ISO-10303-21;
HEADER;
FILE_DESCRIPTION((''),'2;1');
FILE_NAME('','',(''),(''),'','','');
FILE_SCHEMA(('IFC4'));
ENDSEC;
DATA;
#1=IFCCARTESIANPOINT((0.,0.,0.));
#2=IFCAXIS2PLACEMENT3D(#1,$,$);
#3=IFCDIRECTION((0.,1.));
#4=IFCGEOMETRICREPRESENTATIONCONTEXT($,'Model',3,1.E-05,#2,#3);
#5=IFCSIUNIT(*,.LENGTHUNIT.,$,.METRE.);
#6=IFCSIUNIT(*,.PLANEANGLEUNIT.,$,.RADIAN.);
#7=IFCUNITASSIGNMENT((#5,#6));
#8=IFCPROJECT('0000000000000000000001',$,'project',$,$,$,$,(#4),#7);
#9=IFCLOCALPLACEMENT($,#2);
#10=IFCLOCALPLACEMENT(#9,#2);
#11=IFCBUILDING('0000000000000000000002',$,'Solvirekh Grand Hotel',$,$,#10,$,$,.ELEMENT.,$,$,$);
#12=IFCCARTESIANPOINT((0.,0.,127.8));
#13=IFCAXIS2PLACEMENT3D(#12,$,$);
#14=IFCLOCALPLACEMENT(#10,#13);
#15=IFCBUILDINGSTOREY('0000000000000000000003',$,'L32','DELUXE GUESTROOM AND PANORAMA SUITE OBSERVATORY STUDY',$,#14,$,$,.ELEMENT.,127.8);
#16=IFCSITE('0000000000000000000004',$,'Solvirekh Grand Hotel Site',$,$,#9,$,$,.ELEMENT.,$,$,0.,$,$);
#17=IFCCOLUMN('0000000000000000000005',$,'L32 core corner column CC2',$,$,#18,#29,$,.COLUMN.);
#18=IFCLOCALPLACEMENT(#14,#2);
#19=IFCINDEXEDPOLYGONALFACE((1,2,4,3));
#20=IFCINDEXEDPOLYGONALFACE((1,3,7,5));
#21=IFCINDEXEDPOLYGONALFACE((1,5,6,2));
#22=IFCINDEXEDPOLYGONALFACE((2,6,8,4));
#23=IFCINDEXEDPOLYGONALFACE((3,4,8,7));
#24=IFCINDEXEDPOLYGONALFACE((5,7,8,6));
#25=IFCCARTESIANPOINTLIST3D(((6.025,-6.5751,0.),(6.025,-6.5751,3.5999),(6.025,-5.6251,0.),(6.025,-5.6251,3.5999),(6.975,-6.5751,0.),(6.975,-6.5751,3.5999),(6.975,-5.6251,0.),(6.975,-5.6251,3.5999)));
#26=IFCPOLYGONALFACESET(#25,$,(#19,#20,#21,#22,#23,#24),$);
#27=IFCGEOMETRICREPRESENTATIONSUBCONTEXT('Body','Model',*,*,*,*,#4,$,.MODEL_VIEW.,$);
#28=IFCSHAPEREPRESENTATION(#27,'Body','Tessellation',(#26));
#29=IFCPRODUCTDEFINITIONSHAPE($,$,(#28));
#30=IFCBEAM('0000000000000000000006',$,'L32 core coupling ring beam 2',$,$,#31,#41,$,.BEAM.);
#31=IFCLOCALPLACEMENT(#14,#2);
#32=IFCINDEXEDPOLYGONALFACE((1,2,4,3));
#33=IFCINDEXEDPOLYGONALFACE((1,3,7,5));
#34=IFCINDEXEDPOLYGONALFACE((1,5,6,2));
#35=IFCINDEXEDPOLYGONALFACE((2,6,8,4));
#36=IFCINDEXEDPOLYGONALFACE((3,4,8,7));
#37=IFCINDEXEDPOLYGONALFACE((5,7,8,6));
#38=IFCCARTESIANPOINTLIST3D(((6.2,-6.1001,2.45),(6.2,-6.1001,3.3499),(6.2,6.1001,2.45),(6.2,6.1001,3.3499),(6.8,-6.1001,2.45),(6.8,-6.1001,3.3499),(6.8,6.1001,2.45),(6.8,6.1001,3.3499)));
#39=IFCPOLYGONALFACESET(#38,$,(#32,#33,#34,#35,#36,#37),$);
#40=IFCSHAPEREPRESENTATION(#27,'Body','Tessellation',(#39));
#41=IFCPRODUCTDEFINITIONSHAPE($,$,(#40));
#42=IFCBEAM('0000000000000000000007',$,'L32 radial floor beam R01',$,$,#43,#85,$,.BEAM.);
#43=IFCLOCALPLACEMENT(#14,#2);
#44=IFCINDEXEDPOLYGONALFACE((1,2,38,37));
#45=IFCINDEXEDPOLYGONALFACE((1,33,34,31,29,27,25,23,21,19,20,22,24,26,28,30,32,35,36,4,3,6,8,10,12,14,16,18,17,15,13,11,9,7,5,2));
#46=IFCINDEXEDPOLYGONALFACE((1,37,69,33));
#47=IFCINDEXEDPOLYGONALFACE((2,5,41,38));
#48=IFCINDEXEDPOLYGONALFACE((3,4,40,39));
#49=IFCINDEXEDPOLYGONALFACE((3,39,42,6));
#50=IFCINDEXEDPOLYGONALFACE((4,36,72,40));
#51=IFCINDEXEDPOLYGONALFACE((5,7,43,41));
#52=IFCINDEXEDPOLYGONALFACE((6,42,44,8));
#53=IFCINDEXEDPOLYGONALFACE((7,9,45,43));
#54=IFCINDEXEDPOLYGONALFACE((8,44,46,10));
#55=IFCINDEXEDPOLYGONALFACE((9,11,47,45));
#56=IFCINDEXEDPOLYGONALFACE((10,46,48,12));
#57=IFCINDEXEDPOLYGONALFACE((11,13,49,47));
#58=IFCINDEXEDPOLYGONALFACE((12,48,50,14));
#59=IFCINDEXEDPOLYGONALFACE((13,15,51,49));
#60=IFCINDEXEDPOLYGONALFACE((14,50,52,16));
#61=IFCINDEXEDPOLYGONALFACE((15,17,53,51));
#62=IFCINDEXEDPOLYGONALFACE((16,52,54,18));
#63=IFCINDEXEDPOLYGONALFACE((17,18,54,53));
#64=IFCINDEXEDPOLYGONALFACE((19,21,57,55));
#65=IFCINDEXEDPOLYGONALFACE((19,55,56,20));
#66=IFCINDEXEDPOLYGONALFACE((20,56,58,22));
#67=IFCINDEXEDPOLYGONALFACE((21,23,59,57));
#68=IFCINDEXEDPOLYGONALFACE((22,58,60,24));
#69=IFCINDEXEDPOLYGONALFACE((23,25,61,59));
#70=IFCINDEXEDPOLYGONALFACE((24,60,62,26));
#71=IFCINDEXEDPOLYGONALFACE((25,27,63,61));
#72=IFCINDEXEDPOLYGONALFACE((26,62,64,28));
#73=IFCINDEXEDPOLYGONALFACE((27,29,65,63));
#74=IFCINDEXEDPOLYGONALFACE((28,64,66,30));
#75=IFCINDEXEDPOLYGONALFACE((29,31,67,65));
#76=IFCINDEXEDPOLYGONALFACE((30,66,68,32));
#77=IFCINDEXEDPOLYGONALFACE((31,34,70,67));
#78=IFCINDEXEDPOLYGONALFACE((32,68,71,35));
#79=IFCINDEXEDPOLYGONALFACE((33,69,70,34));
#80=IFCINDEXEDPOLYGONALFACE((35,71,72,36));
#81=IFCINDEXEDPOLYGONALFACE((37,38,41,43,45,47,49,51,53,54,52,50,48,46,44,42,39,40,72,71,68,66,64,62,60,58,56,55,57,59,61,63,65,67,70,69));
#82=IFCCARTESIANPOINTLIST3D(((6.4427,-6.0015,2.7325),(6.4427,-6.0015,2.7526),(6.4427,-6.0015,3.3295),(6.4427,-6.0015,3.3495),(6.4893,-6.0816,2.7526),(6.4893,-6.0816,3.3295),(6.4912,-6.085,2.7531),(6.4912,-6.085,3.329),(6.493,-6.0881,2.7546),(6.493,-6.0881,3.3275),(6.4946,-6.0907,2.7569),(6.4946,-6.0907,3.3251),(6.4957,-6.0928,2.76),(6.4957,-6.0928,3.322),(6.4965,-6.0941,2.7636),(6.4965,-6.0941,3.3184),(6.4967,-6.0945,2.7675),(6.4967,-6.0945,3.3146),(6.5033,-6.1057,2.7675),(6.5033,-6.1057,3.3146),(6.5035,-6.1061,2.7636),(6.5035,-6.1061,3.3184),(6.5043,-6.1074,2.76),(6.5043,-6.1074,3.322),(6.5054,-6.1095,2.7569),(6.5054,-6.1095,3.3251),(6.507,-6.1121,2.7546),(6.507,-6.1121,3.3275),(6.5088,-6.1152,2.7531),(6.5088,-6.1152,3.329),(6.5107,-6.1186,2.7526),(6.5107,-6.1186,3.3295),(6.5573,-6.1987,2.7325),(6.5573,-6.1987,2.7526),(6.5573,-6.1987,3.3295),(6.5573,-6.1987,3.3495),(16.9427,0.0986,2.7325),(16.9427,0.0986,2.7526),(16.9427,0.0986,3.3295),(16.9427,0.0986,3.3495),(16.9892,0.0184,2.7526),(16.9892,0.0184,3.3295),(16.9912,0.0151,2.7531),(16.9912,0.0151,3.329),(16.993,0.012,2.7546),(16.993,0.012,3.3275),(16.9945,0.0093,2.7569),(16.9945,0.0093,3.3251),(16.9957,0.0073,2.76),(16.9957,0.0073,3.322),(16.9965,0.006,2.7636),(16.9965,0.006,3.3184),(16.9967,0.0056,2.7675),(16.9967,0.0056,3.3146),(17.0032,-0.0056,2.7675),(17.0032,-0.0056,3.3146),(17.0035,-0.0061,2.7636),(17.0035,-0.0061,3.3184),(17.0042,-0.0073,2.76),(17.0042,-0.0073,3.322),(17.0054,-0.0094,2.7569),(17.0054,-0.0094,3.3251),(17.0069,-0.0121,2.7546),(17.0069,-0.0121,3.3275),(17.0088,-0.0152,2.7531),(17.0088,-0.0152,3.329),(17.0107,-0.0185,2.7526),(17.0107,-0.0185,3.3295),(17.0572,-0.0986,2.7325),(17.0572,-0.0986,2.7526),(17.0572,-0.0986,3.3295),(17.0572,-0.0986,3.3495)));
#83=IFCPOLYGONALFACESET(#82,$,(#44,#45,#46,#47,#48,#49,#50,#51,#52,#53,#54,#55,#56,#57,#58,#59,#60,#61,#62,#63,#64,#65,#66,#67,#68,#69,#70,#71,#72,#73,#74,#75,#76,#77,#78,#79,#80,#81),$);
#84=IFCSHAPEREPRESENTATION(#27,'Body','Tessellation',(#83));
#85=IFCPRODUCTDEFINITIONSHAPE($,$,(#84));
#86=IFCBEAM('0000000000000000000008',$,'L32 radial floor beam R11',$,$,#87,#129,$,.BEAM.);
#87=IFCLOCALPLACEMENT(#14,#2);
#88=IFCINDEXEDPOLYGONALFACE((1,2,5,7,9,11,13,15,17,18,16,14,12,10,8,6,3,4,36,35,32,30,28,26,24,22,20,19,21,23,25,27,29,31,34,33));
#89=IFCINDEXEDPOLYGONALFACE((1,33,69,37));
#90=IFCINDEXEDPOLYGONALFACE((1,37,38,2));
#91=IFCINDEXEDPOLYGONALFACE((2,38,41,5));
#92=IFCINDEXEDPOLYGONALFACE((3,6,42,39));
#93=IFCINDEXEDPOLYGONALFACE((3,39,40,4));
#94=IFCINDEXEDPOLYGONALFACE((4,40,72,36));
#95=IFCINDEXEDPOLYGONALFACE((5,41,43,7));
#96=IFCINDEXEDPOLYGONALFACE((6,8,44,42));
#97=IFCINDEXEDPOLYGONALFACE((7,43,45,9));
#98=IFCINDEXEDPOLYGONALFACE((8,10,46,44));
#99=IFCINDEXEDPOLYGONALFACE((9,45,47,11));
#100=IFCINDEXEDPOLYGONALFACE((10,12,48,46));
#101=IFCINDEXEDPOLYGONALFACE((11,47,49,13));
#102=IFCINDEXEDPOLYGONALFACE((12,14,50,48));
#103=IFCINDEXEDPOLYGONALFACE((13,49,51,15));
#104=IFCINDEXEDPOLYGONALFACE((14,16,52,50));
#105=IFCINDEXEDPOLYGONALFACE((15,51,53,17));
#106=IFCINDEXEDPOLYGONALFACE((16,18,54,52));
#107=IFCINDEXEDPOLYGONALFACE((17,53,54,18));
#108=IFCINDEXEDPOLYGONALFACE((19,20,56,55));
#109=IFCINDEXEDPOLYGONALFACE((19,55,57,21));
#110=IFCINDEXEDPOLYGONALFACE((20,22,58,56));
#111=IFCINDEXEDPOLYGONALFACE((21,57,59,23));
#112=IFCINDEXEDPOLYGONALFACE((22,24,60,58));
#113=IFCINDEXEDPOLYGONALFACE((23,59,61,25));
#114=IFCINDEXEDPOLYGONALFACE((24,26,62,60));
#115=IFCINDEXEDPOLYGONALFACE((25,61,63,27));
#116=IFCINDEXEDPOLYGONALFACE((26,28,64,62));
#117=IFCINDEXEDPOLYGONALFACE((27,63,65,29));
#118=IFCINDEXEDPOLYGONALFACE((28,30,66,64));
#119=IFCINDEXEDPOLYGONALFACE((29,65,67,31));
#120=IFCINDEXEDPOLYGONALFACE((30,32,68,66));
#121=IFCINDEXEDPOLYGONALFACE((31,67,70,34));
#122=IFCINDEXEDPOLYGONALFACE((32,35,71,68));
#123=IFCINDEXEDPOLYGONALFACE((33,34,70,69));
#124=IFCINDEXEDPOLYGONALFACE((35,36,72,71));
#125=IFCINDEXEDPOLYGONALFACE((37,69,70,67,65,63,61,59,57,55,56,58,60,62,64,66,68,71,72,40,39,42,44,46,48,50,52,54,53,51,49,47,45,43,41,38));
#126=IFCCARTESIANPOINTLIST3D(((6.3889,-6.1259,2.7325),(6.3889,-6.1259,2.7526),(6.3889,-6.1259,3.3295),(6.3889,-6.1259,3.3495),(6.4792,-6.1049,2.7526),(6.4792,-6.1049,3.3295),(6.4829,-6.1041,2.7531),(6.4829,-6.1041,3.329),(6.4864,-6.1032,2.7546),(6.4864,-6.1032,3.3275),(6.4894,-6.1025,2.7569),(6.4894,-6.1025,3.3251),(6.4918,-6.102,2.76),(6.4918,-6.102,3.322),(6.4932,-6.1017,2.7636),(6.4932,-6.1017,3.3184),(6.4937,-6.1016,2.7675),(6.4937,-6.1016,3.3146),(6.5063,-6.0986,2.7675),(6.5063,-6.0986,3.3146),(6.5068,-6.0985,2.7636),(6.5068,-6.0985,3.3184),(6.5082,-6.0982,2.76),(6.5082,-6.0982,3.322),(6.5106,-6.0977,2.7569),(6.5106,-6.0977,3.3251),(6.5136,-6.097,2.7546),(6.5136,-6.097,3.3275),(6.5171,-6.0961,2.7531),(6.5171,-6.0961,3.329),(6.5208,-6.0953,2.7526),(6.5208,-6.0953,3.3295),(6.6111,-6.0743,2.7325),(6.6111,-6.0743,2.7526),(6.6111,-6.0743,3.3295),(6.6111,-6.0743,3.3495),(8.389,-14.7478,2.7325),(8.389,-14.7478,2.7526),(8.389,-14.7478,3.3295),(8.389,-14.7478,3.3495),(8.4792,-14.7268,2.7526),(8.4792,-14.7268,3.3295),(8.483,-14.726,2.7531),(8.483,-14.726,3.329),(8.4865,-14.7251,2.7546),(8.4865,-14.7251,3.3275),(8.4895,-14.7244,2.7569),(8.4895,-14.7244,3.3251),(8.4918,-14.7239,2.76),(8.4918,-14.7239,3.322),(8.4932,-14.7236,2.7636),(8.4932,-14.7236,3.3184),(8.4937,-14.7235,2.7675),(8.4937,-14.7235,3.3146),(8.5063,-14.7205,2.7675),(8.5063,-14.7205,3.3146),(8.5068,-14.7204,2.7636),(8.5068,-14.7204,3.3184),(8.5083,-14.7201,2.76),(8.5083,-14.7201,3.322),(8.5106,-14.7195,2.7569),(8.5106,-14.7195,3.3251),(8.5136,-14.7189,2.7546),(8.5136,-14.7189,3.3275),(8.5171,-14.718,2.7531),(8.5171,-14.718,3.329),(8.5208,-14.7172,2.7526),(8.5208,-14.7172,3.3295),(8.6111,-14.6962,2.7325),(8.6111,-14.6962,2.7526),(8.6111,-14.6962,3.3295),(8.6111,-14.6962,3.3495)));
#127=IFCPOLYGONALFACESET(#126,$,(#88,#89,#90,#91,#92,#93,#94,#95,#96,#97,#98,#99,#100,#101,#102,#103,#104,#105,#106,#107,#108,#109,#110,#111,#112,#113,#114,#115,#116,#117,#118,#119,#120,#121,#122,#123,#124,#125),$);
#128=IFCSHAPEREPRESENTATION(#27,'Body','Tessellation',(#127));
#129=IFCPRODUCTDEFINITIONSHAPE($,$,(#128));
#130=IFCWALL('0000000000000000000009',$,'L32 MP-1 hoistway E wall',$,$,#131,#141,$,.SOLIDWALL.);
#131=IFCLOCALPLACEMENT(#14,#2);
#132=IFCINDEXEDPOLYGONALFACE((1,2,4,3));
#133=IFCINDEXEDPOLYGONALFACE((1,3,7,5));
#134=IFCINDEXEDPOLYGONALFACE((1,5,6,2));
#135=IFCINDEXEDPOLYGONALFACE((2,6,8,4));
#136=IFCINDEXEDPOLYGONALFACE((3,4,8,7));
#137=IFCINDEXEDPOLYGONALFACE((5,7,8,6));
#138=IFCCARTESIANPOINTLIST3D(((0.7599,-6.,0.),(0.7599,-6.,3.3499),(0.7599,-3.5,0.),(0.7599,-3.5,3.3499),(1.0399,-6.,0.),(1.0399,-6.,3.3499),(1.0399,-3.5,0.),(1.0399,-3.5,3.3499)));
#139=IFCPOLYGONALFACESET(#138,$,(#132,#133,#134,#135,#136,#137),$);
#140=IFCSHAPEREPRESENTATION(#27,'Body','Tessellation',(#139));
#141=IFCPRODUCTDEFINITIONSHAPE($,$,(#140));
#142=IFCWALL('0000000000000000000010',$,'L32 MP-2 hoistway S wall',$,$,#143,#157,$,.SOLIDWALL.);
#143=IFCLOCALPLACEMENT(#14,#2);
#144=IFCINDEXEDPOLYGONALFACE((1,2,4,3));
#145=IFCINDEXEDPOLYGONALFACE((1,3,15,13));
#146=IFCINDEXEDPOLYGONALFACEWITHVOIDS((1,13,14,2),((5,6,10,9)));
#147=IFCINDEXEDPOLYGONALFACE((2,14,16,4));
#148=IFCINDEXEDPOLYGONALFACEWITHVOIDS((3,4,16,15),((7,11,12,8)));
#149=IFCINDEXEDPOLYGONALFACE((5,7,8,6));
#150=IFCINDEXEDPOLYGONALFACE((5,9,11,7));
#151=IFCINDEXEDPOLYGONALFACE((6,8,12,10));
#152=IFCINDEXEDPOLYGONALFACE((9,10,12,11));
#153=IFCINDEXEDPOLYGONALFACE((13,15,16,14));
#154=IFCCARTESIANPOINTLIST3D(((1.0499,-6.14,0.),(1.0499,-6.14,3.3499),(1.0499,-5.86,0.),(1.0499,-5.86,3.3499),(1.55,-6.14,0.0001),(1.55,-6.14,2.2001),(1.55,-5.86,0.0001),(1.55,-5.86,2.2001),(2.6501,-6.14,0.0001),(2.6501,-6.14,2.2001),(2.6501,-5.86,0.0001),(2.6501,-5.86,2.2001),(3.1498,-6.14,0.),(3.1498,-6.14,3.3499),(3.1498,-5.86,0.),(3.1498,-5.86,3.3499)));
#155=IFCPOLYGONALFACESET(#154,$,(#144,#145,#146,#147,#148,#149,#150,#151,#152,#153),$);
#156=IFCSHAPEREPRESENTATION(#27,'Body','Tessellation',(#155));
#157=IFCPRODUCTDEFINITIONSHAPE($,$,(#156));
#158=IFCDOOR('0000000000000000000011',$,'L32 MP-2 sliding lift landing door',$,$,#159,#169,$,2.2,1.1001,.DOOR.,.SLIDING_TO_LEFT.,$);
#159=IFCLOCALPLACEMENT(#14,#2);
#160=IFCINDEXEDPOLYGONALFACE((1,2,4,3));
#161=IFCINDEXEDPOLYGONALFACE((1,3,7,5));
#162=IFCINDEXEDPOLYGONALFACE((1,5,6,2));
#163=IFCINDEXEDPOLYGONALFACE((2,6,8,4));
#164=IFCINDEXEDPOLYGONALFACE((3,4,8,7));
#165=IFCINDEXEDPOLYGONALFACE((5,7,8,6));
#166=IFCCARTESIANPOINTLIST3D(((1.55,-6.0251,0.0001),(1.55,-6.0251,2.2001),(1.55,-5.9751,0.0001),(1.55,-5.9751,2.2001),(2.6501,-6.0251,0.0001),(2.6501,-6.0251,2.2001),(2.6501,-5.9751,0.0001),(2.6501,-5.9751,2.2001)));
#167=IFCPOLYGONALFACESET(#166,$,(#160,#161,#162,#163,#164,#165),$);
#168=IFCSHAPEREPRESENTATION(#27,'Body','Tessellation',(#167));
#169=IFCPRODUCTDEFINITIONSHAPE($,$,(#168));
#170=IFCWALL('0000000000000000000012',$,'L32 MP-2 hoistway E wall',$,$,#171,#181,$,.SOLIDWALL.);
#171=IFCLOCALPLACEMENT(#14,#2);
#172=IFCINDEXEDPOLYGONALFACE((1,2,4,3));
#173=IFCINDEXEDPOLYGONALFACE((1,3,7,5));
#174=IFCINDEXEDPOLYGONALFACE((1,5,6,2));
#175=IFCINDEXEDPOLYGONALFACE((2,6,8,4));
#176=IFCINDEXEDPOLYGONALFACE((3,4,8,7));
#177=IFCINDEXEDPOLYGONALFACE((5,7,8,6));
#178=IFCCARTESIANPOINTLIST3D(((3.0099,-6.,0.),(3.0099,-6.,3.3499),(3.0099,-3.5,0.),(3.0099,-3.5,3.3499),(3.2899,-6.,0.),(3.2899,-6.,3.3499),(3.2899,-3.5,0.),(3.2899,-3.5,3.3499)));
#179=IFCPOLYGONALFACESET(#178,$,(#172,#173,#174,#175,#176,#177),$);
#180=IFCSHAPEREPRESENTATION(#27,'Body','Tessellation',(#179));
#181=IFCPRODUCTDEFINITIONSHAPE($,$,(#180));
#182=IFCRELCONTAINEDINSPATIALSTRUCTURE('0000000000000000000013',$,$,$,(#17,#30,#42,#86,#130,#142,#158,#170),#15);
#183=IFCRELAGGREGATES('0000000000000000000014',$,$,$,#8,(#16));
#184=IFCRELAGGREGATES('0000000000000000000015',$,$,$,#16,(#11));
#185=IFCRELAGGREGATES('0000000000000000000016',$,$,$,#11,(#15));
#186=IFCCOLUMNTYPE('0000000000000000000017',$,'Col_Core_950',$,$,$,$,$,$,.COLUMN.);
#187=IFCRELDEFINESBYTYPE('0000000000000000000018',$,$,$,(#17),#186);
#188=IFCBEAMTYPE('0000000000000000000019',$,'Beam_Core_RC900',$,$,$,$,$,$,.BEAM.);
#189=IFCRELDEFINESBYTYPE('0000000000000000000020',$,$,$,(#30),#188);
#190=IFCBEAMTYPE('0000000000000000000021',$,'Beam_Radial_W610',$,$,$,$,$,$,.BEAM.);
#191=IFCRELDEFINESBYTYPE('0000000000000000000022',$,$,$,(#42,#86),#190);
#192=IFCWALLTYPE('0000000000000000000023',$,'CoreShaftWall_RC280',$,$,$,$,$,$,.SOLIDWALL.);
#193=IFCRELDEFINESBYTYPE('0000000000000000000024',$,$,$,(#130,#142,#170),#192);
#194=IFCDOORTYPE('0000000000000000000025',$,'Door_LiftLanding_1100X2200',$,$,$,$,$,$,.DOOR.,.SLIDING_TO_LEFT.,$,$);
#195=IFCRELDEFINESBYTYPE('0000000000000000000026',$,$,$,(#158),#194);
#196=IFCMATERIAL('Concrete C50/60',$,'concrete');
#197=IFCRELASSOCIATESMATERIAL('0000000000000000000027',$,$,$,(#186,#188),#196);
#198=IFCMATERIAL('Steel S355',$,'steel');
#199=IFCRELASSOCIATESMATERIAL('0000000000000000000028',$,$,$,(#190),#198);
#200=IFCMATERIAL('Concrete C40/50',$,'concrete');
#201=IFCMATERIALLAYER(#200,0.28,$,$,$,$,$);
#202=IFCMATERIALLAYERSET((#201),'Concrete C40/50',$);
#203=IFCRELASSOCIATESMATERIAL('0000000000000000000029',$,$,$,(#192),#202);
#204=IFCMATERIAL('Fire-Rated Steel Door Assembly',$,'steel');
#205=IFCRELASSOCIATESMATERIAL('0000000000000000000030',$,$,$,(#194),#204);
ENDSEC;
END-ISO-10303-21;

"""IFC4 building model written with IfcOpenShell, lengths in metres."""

from ifc_helpers import new_model, si_unit, direction, frame, frame_2d, origin, origin_2d, place, context, subcontext, project, spatial, rectangle, i_section, extrude, material, layer, layer_set, material_profile, profile_set, type_object, element, fill, save


model = new_model("IFC4")

# Units and contexts
model_context = context("Model", 3, precision=1e-05, world=origin(), true_north=direction((0.0, 1.0)))
body_context = subcontext(model_context, "Body", "Model", "MODEL_VIEW")
ifc_project = project(units=[si_unit("LENGTHUNIT", "METRE"), si_unit("PLANEANGLEUNIT", "RADIAN")], contexts=[model_context])

# Site, building, storey
site_placement = place(None, origin())
site = spatial("IfcSite", under=ifc_project, at=site_placement, Name="Solvirekh Grand Hotel Site", CompositionType="ELEMENT", RefElevation=0.0)
building_placement = place(site_placement, origin())
building = spatial("IfcBuilding", under=site, at=building_placement, Name="Solvirekh Grand Hotel", CompositionType="ELEMENT")
storey_placement = place(building_placement, frame((0.0, 0.0, 127.8)))
storey = spatial("IfcBuildingStorey", under=building, at=storey_placement, Name="L32", Description="DELUXE GUESTROOM AND PANORAMA SUITE OBSERVATORY STUDY", CompositionType="ELEMENT", Elevation=127.8)

# Column
ifc_material_1 = material(Name="Concrete C50/60", Category="concrete")
ifc_material_profile_1 = material_profile(ifc_material_1, rectangle(XDim=0.95, YDim=0.95, at=origin_2d()), Name="RC 950X950")
ifc_profile_set_1 = profile_set([ifc_material_profile_1], Name="Concrete C50/60")
column_type = type_object("IfcColumnType", Name="Col_Core_950", PredefinedType="COLUMN", material=ifc_profile_set_1)
column_placement = place(storey_placement, frame((6.5, -6.1001, 0.0), z_axis=(0.0, 0.0, 1.0), x_axis=(1.0, 0.0, 0.0)))
element("IfcColumn", 1, at=column_placement, inside=storey, type_object=column_type, Name="L32 core corner column CC2", PredefinedType="COLUMN", context=body_context, shape_type="SweptSolid", body=[
    extrude(rectangle(XDim=0.95, YDim=0.95, at=origin_2d()), origin(), (0.0, 0.0, 1.0), 3.5999),
])

# Beams
ifc_material_profile_2 = material_profile(ifc_material_1, rectangle(XDim=0.6001, YDim=0.8999, at=origin_2d()), Name="RC BEAM 600X900")
ifc_profile_set_2 = profile_set([ifc_material_profile_2], Name="Concrete C50/60")
beam_type_1 = type_object("IfcBeamType", Name="Beam_Core_RC900", PredefinedType="BEAM", material=ifc_profile_set_2)
beam_1_placement = place(storey_placement, frame((6.5, -6.1001, 2.8999), z_axis=(0.0, 1.0, 0.0), x_axis=(-1.0, 0.0, 0.0)))
element("IfcBeam", 2, at=beam_1_placement, inside=storey, type_object=beam_type_1, Name="L32 core coupling ring beam 2", PredefinedType="BEAM", context=body_context, shape_type="SweptSolid", body=[
    extrude(rectangle(XDim=0.6001, YDim=0.8999, at=origin_2d()), origin(), (0.0, 0.0, 1.0), 12.2002),
])
ifc_material_2 = material(Name="Steel S355", Category="steel")
ifc_material_profile_3 = material_profile(ifc_material_2, i_section(OverallWidth=0.228, OverallDepth=0.6169, WebThickness=0.0129, FlangeThickness=0.02, FilletRadius=0.0149, at=origin_2d()), Name="W610X140")
ifc_profile_set_3 = profile_set([ifc_material_profile_3], Name="Steel S355")
beam_type_2 = type_object("IfcBeamType", Name="Beam_Radial_W610", PredefinedType="BEAM", material=ifc_profile_set_3)
beam_2_placement = place(storey_placement, frame((6.5, -6.1001, 3.041), z_axis=(0.86467, 0.50234, 0.0), x_axis=(-0.50234, 0.86467, 0.0)))
element("IfcBeam", 3, at=beam_2_placement, inside=storey, type_object=beam_type_2, Name="L32 radial floor beam R01", PredefinedType="BEAM", context=body_context, shape_type="SweptSolid", body=[
    extrude(i_section(OverallWidth=0.228, OverallDepth=0.6169, WebThickness=0.0129, FlangeThickness=0.02, FilletRadius=0.0149, at=origin_2d()), origin(), (0.0, 0.0, 1.0), 12.1433),
])
beam_3_placement = place(storey_placement, frame((6.5, -6.1001, 3.041), z_axis=(0.225969, -0.974134, 0.0), x_axis=(0.974134, 0.225969, 0.0)))
element("IfcBeam", 4, at=beam_3_placement, inside=storey, type_object=beam_type_2, Name="L32 radial floor beam R11", PredefinedType="BEAM", context=body_context, shape_type="SweptSolid", body=[
    extrude(i_section(OverallWidth=0.228, OverallDepth=0.6169, WebThickness=0.0129, FlangeThickness=0.02, FilletRadius=0.0149, at=origin_2d()), origin(), (0.0, 0.0, 1.0), 8.8508),
])

# Wall
ifc_material_3 = material(Name="Concrete C40/50", Category="concrete")
ifc_layer_1 = layer(ifc_material_3, 0.28)
ifc_layer_set_1 = layer_set([ifc_layer_1], Name="Concrete C40/50")
wall_type_1 = type_object("IfcWallType", Name="CoreShaftWall_RC280", PredefinedType="SOLIDWALL", material=ifc_layer_set_1)
wall_1_placement = place(storey_placement, frame((0.8999, -6.0, 0.0), z_axis=(0.0, 0.0, 1.0), x_axis=(0.0, 1.0, 0.0)))
element("IfcWall", 5, at=wall_1_placement, inside=storey, type_object=wall_type_1, Name="L32 MP-1 hoistway E wall", PredefinedType="SOLIDWALL", context=body_context, shape_type="SweptSolid", body=[
    extrude(rectangle(XDim=2.5, YDim=0.28, at=frame_2d((1.25, 0.0))), origin(), (0.0, 0.0, 1.0), 3.3499),
])

# Wall, opening, door
wall_2_placement = place(storey_placement, frame((1.05, -6.0, 0.0), z_axis=(0.0, 0.0, 1.0), x_axis=(1.0, 0.0, 0.0)))
wall_2 = element("IfcWall", 6, at=wall_2_placement, inside=storey, type_object=wall_type_1, Name="L32 MP-2 hoistway S wall", PredefinedType="SOLIDWALL", context=body_context, shape_type="SweptSolid", body=[
    extrude(rectangle(XDim=2.0999, YDim=0.28, at=frame_2d((1.0498, 0.0))), origin(), (0.0, 0.0, 1.0), 3.3499),
])
opening_1_placement = place(wall_2_placement, frame((0.5, 0.0, 0.0)))
opening_1 = element("IfcOpeningElement", 7, at=opening_1_placement, cuts=wall_2, PredefinedType="OPENING", context=body_context, shape_type="SweptSolid", body=[
    extrude(rectangle(XDim=1.1001, YDim=2.2, at=frame_2d((0.55, 1.1001))), frame((0.0, 0.1499, 0.0), z_axis=(0.0, -1.0, 0.0), x_axis=(1.0, 0.0, 0.0)), (0.0, 0.0, 1.0), 0.3),
])
ifc_material_4 = material(Name="Fire-Rated Steel Door Assembly", Category="steel")
door_type_1 = type_object("IfcDoorType", Name="Door_LiftLanding_1100X2200", OperationType="SLIDING_TO_LEFT", PredefinedType="DOOR", material=ifc_material_4)
door_1_placement = place(opening_1_placement, origin())
door_1 = element("IfcDoor", 8, at=door_1_placement, inside=storey, type_object=door_type_1, Name="L32 MP-2 sliding lift landing door", OperationType="SLIDING_TO_LEFT", OverallHeight=2.2, OverallWidth=1.1001, PredefinedType="DOOR", context=body_context, shape_type="SweptSolid", body=[
    extrude(rectangle(XDim=1.1001, YDim=2.2, at=frame_2d((0.55, 1.1001))), frame((0.0, 0.0249, 0.0), z_axis=(0.0, -1.0, 0.0), x_axis=(1.0, 0.0, 0.0)), (0.0, 0.0, 1.0), 0.05),
])
fill(opening_1, door_1)

# Wall
wall_3_placement = place(storey_placement, frame((3.1499, -6.0, 0.0), z_axis=(0.0, 0.0, 1.0), x_axis=(0.0, 1.0, 0.0)))
element("IfcWall", 9, at=wall_3_placement, inside=storey, type_object=wall_type_1, Name="L32 MP-2 hoistway E wall", PredefinedType="SOLIDWALL", context=body_context, shape_type="SweptSolid", body=[
    extrude(rectangle(XDim=2.5, YDim=0.28, at=frame_2d((1.25, 0.0))), origin(), (0.0, 0.0, 1.0), 3.3499),
])

save(model, "model.ifc")
